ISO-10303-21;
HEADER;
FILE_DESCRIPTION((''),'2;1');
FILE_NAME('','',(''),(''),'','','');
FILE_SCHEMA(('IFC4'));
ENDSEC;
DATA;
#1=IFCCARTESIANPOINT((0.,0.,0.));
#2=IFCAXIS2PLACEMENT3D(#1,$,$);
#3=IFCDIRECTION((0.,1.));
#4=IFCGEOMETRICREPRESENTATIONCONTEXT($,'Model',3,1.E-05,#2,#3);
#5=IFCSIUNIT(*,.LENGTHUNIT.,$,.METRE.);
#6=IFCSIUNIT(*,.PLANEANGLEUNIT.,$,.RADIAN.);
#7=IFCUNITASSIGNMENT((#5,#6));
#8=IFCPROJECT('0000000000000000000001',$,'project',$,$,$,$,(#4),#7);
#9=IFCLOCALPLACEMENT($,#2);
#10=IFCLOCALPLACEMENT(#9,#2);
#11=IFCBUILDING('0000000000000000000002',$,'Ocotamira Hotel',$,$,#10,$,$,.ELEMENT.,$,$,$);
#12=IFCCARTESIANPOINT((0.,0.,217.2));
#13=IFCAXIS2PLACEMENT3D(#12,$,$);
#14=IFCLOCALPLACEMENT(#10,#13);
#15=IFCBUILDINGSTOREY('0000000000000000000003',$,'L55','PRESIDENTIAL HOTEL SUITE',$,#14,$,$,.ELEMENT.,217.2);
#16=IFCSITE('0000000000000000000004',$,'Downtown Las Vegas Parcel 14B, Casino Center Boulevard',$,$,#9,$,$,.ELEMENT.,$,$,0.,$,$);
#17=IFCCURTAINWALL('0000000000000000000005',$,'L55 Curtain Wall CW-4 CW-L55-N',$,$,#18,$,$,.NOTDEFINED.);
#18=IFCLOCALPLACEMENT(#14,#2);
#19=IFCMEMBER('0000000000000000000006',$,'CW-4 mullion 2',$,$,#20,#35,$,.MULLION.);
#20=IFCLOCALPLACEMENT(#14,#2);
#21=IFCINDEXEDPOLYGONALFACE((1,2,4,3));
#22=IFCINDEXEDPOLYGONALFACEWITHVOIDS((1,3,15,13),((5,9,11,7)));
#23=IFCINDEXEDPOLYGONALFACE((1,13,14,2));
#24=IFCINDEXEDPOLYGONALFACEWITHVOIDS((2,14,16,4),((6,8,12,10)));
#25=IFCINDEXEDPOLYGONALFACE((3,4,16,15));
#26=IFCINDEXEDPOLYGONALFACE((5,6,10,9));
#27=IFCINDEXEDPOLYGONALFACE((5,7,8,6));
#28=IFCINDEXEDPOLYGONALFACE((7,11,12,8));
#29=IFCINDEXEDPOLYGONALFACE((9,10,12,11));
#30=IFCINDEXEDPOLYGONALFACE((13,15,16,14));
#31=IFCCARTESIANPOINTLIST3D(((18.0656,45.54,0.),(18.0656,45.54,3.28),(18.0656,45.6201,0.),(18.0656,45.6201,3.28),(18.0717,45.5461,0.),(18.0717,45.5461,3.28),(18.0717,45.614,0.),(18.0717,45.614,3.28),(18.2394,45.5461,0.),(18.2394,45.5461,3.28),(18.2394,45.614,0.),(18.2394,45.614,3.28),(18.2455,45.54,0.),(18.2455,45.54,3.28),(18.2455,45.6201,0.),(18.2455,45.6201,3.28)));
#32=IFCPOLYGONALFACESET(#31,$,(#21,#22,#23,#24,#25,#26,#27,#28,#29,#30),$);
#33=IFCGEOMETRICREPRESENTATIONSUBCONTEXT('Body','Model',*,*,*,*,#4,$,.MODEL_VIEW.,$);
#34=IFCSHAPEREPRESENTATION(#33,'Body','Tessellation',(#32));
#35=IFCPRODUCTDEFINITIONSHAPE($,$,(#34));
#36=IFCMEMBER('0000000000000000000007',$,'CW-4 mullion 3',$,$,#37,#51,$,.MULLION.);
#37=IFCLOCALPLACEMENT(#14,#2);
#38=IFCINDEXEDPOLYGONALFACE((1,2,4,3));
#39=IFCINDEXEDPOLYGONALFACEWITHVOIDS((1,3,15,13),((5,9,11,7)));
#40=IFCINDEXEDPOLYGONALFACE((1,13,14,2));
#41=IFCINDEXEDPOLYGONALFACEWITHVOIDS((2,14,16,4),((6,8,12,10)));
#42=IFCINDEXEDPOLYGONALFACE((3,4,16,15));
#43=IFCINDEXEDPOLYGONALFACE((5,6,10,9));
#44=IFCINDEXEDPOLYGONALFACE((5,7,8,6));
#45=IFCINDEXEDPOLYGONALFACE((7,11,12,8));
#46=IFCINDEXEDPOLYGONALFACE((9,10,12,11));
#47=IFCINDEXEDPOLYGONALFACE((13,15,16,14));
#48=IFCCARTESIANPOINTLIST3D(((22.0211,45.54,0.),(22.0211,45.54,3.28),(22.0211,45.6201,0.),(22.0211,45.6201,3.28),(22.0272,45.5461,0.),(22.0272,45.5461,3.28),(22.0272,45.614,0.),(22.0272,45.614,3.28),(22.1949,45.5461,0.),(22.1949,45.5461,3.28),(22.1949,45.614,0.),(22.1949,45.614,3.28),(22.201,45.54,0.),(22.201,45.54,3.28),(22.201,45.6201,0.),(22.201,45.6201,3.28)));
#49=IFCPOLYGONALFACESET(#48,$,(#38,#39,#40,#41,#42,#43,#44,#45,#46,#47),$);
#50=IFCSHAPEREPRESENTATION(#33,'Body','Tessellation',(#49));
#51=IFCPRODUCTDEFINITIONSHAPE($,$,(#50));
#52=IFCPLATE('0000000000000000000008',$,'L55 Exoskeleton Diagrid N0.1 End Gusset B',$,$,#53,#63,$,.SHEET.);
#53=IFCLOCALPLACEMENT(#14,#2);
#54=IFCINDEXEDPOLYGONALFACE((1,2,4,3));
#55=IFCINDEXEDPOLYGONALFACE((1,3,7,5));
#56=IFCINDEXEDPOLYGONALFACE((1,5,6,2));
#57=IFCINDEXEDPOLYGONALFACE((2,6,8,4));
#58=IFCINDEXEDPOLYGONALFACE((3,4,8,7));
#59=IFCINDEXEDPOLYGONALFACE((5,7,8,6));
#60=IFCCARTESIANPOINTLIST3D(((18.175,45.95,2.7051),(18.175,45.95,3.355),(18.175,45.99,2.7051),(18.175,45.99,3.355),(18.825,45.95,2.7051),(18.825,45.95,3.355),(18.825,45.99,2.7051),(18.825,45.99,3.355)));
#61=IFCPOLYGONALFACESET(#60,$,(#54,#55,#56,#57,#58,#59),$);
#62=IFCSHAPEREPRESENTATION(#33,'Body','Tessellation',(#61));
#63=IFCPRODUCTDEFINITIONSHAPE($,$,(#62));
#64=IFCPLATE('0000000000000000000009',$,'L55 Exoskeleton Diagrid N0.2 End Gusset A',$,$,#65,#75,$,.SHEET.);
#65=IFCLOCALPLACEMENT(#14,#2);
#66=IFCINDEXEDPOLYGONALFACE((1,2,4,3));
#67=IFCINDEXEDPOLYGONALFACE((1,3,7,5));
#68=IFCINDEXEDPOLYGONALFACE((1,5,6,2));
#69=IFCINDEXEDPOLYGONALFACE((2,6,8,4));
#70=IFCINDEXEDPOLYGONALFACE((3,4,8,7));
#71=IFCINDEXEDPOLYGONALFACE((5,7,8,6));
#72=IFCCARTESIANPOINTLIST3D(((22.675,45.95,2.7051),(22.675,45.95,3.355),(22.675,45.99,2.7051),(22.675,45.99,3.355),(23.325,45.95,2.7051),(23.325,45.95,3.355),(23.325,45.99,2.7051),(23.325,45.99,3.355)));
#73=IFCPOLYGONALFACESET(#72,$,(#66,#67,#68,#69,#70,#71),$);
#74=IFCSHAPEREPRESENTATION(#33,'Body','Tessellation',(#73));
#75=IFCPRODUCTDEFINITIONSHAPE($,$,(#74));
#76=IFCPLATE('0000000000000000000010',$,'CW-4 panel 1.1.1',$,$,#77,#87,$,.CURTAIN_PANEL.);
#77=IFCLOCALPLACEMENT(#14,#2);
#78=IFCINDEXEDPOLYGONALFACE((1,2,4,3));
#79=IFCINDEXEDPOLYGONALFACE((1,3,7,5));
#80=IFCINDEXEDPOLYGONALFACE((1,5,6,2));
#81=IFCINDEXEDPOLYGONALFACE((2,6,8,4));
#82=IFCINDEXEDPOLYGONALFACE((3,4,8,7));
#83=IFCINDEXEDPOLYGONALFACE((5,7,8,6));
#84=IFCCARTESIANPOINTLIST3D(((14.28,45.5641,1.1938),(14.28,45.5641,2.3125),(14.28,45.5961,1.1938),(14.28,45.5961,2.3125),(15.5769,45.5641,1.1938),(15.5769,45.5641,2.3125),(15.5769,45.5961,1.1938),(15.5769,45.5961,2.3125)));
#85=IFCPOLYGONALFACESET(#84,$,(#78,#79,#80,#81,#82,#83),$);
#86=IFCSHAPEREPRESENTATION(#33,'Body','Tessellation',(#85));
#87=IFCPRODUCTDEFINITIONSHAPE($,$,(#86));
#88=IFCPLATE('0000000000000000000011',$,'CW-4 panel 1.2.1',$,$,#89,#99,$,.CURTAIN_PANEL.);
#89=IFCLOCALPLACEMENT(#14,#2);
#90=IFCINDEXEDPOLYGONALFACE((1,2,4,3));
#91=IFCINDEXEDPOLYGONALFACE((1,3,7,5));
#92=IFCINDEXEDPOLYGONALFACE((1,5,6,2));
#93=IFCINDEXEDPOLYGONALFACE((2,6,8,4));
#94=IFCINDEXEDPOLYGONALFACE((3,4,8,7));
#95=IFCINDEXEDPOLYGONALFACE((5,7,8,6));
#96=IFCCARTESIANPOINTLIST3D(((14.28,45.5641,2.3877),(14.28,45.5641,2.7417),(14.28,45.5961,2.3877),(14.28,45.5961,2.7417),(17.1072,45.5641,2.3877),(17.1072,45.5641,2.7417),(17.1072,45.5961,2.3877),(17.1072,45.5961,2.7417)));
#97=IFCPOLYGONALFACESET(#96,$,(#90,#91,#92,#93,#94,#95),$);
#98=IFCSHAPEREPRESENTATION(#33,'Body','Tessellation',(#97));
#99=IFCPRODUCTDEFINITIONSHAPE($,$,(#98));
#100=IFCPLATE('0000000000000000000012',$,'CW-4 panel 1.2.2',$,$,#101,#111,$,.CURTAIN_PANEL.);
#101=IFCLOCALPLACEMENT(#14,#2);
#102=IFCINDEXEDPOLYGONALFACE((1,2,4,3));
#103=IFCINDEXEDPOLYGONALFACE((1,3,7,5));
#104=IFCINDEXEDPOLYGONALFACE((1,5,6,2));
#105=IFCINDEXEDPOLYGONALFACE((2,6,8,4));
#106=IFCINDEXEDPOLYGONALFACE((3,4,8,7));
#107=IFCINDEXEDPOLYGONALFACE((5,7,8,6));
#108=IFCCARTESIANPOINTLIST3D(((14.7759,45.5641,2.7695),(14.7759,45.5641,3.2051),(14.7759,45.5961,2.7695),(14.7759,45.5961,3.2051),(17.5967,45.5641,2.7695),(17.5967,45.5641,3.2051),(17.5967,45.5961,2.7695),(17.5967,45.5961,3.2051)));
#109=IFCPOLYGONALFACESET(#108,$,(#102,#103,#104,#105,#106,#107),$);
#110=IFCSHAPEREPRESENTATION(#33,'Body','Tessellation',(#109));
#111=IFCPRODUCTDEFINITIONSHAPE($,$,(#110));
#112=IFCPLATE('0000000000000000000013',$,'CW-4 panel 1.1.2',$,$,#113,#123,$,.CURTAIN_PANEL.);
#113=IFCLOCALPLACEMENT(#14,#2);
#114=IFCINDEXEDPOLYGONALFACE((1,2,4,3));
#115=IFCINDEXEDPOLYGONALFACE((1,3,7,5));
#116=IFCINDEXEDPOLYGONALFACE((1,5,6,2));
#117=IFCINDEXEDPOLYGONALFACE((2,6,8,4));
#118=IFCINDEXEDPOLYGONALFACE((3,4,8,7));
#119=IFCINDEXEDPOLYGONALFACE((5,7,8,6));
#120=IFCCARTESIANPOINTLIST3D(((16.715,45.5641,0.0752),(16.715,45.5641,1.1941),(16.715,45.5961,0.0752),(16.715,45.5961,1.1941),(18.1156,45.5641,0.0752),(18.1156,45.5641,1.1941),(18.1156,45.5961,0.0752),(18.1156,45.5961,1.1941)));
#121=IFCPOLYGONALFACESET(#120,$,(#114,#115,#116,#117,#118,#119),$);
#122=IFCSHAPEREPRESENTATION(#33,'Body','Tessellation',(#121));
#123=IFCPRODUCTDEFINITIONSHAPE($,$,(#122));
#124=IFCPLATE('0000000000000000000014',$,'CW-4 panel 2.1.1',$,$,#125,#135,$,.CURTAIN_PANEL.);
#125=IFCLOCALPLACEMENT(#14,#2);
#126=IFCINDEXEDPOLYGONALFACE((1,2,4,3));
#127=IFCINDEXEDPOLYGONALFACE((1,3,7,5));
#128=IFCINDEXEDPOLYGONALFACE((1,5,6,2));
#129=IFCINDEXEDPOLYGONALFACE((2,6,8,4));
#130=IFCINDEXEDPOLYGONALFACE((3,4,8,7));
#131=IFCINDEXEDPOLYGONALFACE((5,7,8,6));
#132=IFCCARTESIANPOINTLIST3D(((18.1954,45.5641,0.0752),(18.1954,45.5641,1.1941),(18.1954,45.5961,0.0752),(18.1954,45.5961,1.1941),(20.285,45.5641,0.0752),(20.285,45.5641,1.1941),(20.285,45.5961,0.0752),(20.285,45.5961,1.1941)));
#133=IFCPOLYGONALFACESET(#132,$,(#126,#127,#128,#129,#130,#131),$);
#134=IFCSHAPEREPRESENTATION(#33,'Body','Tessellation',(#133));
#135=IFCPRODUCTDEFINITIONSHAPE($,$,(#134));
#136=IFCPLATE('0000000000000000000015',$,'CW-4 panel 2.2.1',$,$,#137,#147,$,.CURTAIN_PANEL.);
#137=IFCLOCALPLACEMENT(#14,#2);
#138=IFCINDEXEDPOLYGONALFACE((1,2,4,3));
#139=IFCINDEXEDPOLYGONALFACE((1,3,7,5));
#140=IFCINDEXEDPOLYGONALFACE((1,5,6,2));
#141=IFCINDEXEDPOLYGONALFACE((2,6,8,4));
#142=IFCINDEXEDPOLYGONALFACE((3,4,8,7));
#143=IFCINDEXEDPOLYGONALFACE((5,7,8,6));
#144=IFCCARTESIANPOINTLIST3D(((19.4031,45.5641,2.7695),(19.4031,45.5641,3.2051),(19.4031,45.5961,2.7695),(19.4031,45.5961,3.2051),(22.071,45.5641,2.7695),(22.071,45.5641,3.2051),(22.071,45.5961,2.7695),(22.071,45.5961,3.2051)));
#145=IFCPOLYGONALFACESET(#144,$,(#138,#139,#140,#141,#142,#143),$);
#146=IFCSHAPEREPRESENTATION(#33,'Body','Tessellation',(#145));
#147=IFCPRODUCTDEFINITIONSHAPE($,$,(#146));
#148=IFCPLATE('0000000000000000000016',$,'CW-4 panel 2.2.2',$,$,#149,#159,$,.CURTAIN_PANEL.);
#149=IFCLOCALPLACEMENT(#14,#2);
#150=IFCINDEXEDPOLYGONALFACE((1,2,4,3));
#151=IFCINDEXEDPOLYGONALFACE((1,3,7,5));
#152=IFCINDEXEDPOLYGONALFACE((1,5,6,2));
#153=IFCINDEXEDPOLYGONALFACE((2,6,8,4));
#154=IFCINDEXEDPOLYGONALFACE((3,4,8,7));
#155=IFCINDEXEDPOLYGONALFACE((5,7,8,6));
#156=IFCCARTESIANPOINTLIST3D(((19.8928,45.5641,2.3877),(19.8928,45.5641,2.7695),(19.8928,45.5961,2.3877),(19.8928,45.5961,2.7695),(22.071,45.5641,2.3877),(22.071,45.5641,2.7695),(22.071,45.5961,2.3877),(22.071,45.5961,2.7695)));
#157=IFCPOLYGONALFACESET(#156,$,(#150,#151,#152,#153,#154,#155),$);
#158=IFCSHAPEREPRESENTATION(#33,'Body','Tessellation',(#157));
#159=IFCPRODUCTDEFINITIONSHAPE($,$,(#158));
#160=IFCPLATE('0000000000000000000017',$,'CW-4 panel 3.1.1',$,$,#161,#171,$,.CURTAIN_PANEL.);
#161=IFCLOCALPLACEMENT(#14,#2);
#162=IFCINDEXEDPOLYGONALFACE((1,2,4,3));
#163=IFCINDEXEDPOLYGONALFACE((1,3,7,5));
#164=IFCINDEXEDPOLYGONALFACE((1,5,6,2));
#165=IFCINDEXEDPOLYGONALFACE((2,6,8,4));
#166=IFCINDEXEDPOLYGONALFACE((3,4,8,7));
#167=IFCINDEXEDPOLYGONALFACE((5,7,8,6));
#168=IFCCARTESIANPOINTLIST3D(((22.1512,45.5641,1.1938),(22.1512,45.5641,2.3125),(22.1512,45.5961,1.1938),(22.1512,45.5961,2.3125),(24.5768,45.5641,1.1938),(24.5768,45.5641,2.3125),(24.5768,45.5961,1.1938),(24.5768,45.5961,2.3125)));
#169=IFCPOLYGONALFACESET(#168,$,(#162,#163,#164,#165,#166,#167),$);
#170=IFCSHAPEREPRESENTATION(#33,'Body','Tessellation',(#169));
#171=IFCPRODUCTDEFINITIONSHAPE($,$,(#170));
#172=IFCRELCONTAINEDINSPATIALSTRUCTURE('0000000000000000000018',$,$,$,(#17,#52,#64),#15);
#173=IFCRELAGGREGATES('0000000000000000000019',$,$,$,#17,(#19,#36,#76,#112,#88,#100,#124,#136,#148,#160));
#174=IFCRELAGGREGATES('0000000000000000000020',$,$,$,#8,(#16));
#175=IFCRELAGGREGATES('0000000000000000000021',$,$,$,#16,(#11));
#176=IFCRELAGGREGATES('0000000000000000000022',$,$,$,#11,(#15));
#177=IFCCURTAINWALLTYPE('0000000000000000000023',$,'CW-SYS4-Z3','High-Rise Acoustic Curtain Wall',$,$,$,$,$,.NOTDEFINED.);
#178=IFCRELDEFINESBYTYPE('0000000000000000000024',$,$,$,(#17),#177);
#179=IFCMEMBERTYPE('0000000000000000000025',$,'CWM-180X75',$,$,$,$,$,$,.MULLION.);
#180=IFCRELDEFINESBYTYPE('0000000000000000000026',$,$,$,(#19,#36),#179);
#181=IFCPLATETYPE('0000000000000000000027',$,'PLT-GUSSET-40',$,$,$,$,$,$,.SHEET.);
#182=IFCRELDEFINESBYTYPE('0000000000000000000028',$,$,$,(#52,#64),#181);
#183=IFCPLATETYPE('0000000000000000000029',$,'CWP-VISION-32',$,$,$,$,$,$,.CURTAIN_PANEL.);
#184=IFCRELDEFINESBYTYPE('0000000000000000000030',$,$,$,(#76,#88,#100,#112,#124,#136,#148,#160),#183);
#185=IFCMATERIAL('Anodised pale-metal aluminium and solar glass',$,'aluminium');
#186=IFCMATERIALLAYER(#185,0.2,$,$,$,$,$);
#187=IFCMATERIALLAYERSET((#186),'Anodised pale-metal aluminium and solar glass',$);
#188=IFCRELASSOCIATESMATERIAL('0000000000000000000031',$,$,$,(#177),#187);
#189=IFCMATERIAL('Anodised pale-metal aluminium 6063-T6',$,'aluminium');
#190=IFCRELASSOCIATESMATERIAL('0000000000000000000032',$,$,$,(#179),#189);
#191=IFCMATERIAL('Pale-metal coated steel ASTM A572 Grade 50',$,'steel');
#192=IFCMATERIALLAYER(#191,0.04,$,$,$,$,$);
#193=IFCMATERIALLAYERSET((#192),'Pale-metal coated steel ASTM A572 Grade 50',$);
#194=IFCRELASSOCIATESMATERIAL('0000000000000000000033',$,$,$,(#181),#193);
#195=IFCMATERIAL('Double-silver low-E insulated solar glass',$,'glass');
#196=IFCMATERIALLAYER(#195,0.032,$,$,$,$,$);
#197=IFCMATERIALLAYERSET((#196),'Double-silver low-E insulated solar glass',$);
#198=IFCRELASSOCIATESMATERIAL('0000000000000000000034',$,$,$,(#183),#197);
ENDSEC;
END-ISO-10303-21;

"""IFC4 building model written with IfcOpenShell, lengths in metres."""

from ifc_helpers import new_model, si_unit, direction, frame, origin, origin_2d, place, context, subcontext, project, spatial, rectangle, hollow_rectangle, extrude, source, transform, mapped, material, layer, layer_set, material_profile, profile_set, type_object, element, aggregate, save


model = new_model("IFC4")

# Units and contexts
model_context = context("Model", 3, precision=1e-05, world=origin(), true_north=direction((0.0, 1.0)))
body_context = subcontext(model_context, "Body", "Model", "MODEL_VIEW")
ifc_project = project(units=[si_unit("LENGTHUNIT", "METRE"), si_unit("PLANEANGLEUNIT", "RADIAN")], contexts=[model_context])

# Site, building, storey
site_placement = place(None, origin())
site = spatial("IfcSite", under=ifc_project, at=site_placement, Name="Downtown Las Vegas Parcel 14B, Casino Center Boulevard", CompositionType="ELEMENT", RefElevation=0.0)
building_placement = place(site_placement, origin())
building = spatial("IfcBuilding", under=site, at=building_placement, Name="Ocotamira Hotel", CompositionType="ELEMENT")
storey_placement = place(building_placement, frame((0.0, 0.0, 217.2)))
storey = spatial("IfcBuildingStorey", under=building, at=storey_placement, Name="L55", Description="PRESIDENTIAL HOTEL SUITE", CompositionType="ELEMENT", Elevation=217.2)

# Curtain wall, members
ifc_material_1 = material(Name="Anodised pale-metal aluminium and solar glass", Category="aluminium")
ifc_layer_1 = layer(ifc_material_1, 0.2)
ifc_layer_set_1 = layer_set([ifc_layer_1], Name="Anodised pale-metal aluminium and solar glass")
curtain_wall_type = type_object("IfcCurtainWallType", Name="CW-SYS4-Z3", Description="High-Rise Acoustic Curtain Wall", PredefinedType="NOTDEFINED", material=ifc_layer_set_1)
curtain_wall_placement = place(storey_placement, origin())
curtain_wall = element("IfcCurtainWall", 1, at=curtain_wall_placement, inside=storey, type_object=curtain_wall_type, Name="L55 Curtain Wall CW-4 CW-L55-N", PredefinedType="NOTDEFINED")
ifc_material_2 = material(Name="Anodised pale-metal aluminium 6063-T6", Category="aluminium")
ifc_material_profile_1 = material_profile(ifc_material_2, hollow_rectangle(XDim=0.0801, YDim=0.1799, WallThickness=0.0061, at=origin_2d()), Name="HSS180X80X6")
ifc_profile_set_1 = profile_set([ifc_material_profile_1], Name="Anodised pale-metal aluminium 6063-T6")
member_type_1 = type_object("IfcMemberType", Name="CWM-180X75", PredefinedType="MULLION", material=ifc_profile_set_1)
shared_shape_1 = source(origin(), body_context, "Body", "SweptSolid", [
    extrude(hollow_rectangle(XDim=0.0801, YDim=0.1799, WallThickness=0.0061, at=origin_2d()), origin(), (0.0, 0.0, 1.0), 3.28),
])
member_1_placement = place(storey_placement, frame((18.1555, 45.5801, 0.0), z_axis=(0.0, 0.0, 1.0), x_axis=(0.0, 1.0, 0.0)))
member_1 = element("IfcMember", 2, at=member_1_placement, type_object=member_type_1, Name="CW-4 mullion 2", PredefinedType="MULLION", context=body_context, shape_type="MappedRepresentation", body=[
    mapped(shared_shape_1, transform((0.0, 0.0, 0.0), scale=1.0)),
])
member_2_placement = place(storey_placement, frame((22.1111, 45.5801, 0.0), z_axis=(0.0, 0.0, 1.0), x_axis=(0.0, 1.0, 0.0)))
member_2 = element("IfcMember", 3, at=member_2_placement, type_object=member_type_1, Name="CW-4 mullion 3", PredefinedType="MULLION", context=body_context, shape_type="MappedRepresentation", body=[
    mapped(shared_shape_1, transform((0.0, 0.0, 0.0), scale=1.0)),
])

# Plates
ifc_material_3 = material(Name="Pale-metal coated steel ASTM A572 Grade 50", Category="steel")
ifc_layer_2 = layer(ifc_material_3, 0.04)
ifc_layer_set_2 = layer_set([ifc_layer_2], Name="Pale-metal coated steel ASTM A572 Grade 50")
plate_type_1 = type_object("IfcPlateType", Name="PLT-GUSSET-40", PredefinedType="SHEET", material=ifc_layer_set_2)
shared_shape_2 = source(origin(), body_context, "Body", "SweptSolid", [
    extrude(rectangle(XDim=0.6499, YDim=0.04, at=origin_2d()), origin(), (0.0, 0.0, 1.0), 0.6499),
])
for number, where, z_axis, x_axis, name in (
    (4, (18.5, 45.97, 2.7051), (0.0, 0.0, 1.0), (1.0, 0.0, 0.0), "L55 Exoskeleton Diagrid N0.1 End Gusset B"),
    (5, (23.0, 45.97, 2.7051), (0.0, 0.0, 1.0), (-1.0, 0.0, 0.0), "L55 Exoskeleton Diagrid N0.2 End Gusset A"),
):
    element("IfcPlate", number, at=place(storey_placement, frame(where, z_axis=z_axis, x_axis=x_axis)), inside=storey, type_object=plate_type_1, Name=name, PredefinedType="SHEET", context=body_context, shape_type="MappedRepresentation", body=[
        mapped(shared_shape_2, transform((0.0, 0.0, 0.0), scale=1.0)),
    ])

# Plates
ifc_material_4 = material(Name="Double-silver low-E insulated solar glass", Category="glass")
ifc_layer_3 = layer(ifc_material_4, 0.032)
ifc_layer_set_3 = layer_set([ifc_layer_3], Name="Double-silver low-E insulated solar glass")
plate_type_2 = type_object("IfcPlateType", Name="CWP-VISION-32", PredefinedType="CURTAIN_PANEL", material=ifc_layer_set_3)
shared_shape_3 = source(origin(), body_context, "Body", "SweptSolid", [
    extrude(rectangle(XDim=1.2969, YDim=0.032, at=origin_2d()), origin(), (0.0, 0.0, 1.0), 1.1187),
])
plate_1_placement = place(storey_placement, frame((14.9285, 45.5801, 1.1938), z_axis=(0.0, 0.0, 1.0), x_axis=(1.0, 0.0, 0.0)))
plate_1 = element("IfcPlate", 6, at=plate_1_placement, type_object=plate_type_2, Name="CW-4 panel 1.1.1", PredefinedType="CURTAIN_PANEL", context=body_context, shape_type="MappedRepresentation", body=[
    mapped(shared_shape_3, transform((0.0, 0.0, 0.0), scale=1.0)),
])
shared_shape_4 = source(origin(), body_context, "Body", "SweptSolid", [
    extrude(rectangle(XDim=2.8271, YDim=0.032, at=origin_2d()), origin(), (0.0, 0.0, 1.0), 0.354),
])
plate_2_placement = place(storey_placement, frame((15.6936, 45.5801, 2.3877), z_axis=(0.0, 0.0, 1.0), x_axis=(1.0, 0.0, 0.0)))
plate_2 = element("IfcPlate", 7, at=plate_2_placement, type_object=plate_type_2, Name="CW-4 panel 1.2.1", PredefinedType="CURTAIN_PANEL", context=body_context, shape_type="MappedRepresentation", body=[
    mapped(shared_shape_4, transform((0.0, 0.0, 0.0), scale=1.0)),
])
shared_shape_5 = source(origin(), body_context, "Body", "SweptSolid", [
    extrude(rectangle(XDim=2.8208, YDim=0.032, at=origin_2d()), origin(), (0.0, 0.0, 1.0), 0.4355),
])
plate_3_placement = place(storey_placement, frame((16.1863, 45.5801, 2.7695), z_axis=(0.0, 0.0, 1.0), x_axis=(1.0, 0.0, 0.0)))
plate_3 = element("IfcPlate", 8, at=plate_3_placement, type_object=plate_type_2, Name="CW-4 panel 1.2.2", PredefinedType="CURTAIN_PANEL", context=body_context, shape_type="MappedRepresentation", body=[
    mapped(shared_shape_5, transform((0.0, 0.0, 0.0), scale=1.0)),
])
shared_shape_6 = source(origin(), body_context, "Body", "SweptSolid", [
    extrude(rectangle(XDim=1.4006, YDim=0.032, at=origin_2d()), origin(), (0.0, 0.0, 1.0), 1.1189),
])
plate_4_placement = place(storey_placement, frame((17.4153, 45.5801, 0.0752), z_axis=(0.0, 0.0, 1.0), x_axis=(1.0, 0.0, 0.0)))
plate_4 = element("IfcPlate", 9, at=plate_4_placement, type_object=plate_type_2, Name="CW-4 panel 1.1.2", PredefinedType="CURTAIN_PANEL", context=body_context, shape_type="MappedRepresentation", body=[
    mapped(shared_shape_6, transform((0.0, 0.0, 0.0), scale=1.0)),
])
shared_shape_7 = source(origin(), body_context, "Body", "SweptSolid", [
    extrude(rectangle(XDim=2.0896, YDim=0.032, at=origin_2d()), origin(), (0.0, 0.0, 1.0), 1.1189),
])
plate_5_placement = place(storey_placement, frame((19.2402, 45.5801, 0.0752), z_axis=(0.0, 0.0, 1.0), x_axis=(1.0, 0.0, 0.0)))
plate_5 = element("IfcPlate", 10, at=plate_5_placement, type_object=plate_type_2, Name="CW-4 panel 2.1.1", PredefinedType="CURTAIN_PANEL", context=body_context, shape_type="MappedRepresentation", body=[
    mapped(shared_shape_7, transform((0.0, 0.0, 0.0), scale=1.0)),
])
shared_shape_8 = source(origin(), body_context, "Body", "SweptSolid", [
    extrude(rectangle(XDim=2.668, YDim=0.032, at=origin_2d()), origin(), (0.0, 0.0, 1.0), 0.4355),
])
plate_6_placement = place(storey_placement, frame((20.7371, 45.5801, 2.7695), z_axis=(0.0, 0.0, 1.0), x_axis=(1.0, 0.0, 0.0)))
plate_6 = element("IfcPlate", 11, at=plate_6_placement, type_object=plate_type_2, Name="CW-4 panel 2.2.1", PredefinedType="CURTAIN_PANEL", context=body_context, shape_type="MappedRepresentation", body=[
    mapped(shared_shape_8, transform((0.0, 0.0, 0.0), scale=1.0)),
])
shared_shape_9 = source(origin(), body_context, "Body", "SweptSolid", [
    extrude(rectangle(XDim=2.1782, YDim=0.032, at=origin_2d()), origin(), (0.0, 0.0, 1.0), 0.3818),
])
plate_7_placement = place(storey_placement, frame((20.9819, 45.5801, 2.3877), z_axis=(0.0, 0.0, 1.0), x_axis=(1.0, 0.0, 0.0)))
plate_7 = element("IfcPlate", 12, at=plate_7_placement, type_object=plate_type_2, Name="CW-4 panel 2.2.2", PredefinedType="CURTAIN_PANEL", context=body_context, shape_type="MappedRepresentation", body=[
    mapped(shared_shape_9, transform((0.0, 0.0, 0.0), scale=1.0)),
])
shared_shape_10 = source(origin(), body_context, "Body", "SweptSolid", [
    extrude(rectangle(XDim=2.4255, YDim=0.032, at=origin_2d()), origin(), (0.0, 0.0, 1.0), 1.1187),
])
plate_8_placement = place(storey_placement, frame((23.364, 45.5801, 1.1938), z_axis=(0.0, 0.0, 1.0), x_axis=(1.0, 0.0, 0.0)))
plate_8 = element("IfcPlate", 13, at=plate_8_placement, type_object=plate_type_2, Name="CW-4 panel 3.1.1", PredefinedType="CURTAIN_PANEL", context=body_context, shape_type="MappedRepresentation", body=[
    mapped(shared_shape_10, transform((0.0, 0.0, 0.0), scale=1.0)),
])
aggregate(curtain_wall, [member_1, member_2, plate_1, plate_4, plate_2, plate_3, plate_5, plate_6, plate_7, plate_8])

save(model, "model.ifc")
